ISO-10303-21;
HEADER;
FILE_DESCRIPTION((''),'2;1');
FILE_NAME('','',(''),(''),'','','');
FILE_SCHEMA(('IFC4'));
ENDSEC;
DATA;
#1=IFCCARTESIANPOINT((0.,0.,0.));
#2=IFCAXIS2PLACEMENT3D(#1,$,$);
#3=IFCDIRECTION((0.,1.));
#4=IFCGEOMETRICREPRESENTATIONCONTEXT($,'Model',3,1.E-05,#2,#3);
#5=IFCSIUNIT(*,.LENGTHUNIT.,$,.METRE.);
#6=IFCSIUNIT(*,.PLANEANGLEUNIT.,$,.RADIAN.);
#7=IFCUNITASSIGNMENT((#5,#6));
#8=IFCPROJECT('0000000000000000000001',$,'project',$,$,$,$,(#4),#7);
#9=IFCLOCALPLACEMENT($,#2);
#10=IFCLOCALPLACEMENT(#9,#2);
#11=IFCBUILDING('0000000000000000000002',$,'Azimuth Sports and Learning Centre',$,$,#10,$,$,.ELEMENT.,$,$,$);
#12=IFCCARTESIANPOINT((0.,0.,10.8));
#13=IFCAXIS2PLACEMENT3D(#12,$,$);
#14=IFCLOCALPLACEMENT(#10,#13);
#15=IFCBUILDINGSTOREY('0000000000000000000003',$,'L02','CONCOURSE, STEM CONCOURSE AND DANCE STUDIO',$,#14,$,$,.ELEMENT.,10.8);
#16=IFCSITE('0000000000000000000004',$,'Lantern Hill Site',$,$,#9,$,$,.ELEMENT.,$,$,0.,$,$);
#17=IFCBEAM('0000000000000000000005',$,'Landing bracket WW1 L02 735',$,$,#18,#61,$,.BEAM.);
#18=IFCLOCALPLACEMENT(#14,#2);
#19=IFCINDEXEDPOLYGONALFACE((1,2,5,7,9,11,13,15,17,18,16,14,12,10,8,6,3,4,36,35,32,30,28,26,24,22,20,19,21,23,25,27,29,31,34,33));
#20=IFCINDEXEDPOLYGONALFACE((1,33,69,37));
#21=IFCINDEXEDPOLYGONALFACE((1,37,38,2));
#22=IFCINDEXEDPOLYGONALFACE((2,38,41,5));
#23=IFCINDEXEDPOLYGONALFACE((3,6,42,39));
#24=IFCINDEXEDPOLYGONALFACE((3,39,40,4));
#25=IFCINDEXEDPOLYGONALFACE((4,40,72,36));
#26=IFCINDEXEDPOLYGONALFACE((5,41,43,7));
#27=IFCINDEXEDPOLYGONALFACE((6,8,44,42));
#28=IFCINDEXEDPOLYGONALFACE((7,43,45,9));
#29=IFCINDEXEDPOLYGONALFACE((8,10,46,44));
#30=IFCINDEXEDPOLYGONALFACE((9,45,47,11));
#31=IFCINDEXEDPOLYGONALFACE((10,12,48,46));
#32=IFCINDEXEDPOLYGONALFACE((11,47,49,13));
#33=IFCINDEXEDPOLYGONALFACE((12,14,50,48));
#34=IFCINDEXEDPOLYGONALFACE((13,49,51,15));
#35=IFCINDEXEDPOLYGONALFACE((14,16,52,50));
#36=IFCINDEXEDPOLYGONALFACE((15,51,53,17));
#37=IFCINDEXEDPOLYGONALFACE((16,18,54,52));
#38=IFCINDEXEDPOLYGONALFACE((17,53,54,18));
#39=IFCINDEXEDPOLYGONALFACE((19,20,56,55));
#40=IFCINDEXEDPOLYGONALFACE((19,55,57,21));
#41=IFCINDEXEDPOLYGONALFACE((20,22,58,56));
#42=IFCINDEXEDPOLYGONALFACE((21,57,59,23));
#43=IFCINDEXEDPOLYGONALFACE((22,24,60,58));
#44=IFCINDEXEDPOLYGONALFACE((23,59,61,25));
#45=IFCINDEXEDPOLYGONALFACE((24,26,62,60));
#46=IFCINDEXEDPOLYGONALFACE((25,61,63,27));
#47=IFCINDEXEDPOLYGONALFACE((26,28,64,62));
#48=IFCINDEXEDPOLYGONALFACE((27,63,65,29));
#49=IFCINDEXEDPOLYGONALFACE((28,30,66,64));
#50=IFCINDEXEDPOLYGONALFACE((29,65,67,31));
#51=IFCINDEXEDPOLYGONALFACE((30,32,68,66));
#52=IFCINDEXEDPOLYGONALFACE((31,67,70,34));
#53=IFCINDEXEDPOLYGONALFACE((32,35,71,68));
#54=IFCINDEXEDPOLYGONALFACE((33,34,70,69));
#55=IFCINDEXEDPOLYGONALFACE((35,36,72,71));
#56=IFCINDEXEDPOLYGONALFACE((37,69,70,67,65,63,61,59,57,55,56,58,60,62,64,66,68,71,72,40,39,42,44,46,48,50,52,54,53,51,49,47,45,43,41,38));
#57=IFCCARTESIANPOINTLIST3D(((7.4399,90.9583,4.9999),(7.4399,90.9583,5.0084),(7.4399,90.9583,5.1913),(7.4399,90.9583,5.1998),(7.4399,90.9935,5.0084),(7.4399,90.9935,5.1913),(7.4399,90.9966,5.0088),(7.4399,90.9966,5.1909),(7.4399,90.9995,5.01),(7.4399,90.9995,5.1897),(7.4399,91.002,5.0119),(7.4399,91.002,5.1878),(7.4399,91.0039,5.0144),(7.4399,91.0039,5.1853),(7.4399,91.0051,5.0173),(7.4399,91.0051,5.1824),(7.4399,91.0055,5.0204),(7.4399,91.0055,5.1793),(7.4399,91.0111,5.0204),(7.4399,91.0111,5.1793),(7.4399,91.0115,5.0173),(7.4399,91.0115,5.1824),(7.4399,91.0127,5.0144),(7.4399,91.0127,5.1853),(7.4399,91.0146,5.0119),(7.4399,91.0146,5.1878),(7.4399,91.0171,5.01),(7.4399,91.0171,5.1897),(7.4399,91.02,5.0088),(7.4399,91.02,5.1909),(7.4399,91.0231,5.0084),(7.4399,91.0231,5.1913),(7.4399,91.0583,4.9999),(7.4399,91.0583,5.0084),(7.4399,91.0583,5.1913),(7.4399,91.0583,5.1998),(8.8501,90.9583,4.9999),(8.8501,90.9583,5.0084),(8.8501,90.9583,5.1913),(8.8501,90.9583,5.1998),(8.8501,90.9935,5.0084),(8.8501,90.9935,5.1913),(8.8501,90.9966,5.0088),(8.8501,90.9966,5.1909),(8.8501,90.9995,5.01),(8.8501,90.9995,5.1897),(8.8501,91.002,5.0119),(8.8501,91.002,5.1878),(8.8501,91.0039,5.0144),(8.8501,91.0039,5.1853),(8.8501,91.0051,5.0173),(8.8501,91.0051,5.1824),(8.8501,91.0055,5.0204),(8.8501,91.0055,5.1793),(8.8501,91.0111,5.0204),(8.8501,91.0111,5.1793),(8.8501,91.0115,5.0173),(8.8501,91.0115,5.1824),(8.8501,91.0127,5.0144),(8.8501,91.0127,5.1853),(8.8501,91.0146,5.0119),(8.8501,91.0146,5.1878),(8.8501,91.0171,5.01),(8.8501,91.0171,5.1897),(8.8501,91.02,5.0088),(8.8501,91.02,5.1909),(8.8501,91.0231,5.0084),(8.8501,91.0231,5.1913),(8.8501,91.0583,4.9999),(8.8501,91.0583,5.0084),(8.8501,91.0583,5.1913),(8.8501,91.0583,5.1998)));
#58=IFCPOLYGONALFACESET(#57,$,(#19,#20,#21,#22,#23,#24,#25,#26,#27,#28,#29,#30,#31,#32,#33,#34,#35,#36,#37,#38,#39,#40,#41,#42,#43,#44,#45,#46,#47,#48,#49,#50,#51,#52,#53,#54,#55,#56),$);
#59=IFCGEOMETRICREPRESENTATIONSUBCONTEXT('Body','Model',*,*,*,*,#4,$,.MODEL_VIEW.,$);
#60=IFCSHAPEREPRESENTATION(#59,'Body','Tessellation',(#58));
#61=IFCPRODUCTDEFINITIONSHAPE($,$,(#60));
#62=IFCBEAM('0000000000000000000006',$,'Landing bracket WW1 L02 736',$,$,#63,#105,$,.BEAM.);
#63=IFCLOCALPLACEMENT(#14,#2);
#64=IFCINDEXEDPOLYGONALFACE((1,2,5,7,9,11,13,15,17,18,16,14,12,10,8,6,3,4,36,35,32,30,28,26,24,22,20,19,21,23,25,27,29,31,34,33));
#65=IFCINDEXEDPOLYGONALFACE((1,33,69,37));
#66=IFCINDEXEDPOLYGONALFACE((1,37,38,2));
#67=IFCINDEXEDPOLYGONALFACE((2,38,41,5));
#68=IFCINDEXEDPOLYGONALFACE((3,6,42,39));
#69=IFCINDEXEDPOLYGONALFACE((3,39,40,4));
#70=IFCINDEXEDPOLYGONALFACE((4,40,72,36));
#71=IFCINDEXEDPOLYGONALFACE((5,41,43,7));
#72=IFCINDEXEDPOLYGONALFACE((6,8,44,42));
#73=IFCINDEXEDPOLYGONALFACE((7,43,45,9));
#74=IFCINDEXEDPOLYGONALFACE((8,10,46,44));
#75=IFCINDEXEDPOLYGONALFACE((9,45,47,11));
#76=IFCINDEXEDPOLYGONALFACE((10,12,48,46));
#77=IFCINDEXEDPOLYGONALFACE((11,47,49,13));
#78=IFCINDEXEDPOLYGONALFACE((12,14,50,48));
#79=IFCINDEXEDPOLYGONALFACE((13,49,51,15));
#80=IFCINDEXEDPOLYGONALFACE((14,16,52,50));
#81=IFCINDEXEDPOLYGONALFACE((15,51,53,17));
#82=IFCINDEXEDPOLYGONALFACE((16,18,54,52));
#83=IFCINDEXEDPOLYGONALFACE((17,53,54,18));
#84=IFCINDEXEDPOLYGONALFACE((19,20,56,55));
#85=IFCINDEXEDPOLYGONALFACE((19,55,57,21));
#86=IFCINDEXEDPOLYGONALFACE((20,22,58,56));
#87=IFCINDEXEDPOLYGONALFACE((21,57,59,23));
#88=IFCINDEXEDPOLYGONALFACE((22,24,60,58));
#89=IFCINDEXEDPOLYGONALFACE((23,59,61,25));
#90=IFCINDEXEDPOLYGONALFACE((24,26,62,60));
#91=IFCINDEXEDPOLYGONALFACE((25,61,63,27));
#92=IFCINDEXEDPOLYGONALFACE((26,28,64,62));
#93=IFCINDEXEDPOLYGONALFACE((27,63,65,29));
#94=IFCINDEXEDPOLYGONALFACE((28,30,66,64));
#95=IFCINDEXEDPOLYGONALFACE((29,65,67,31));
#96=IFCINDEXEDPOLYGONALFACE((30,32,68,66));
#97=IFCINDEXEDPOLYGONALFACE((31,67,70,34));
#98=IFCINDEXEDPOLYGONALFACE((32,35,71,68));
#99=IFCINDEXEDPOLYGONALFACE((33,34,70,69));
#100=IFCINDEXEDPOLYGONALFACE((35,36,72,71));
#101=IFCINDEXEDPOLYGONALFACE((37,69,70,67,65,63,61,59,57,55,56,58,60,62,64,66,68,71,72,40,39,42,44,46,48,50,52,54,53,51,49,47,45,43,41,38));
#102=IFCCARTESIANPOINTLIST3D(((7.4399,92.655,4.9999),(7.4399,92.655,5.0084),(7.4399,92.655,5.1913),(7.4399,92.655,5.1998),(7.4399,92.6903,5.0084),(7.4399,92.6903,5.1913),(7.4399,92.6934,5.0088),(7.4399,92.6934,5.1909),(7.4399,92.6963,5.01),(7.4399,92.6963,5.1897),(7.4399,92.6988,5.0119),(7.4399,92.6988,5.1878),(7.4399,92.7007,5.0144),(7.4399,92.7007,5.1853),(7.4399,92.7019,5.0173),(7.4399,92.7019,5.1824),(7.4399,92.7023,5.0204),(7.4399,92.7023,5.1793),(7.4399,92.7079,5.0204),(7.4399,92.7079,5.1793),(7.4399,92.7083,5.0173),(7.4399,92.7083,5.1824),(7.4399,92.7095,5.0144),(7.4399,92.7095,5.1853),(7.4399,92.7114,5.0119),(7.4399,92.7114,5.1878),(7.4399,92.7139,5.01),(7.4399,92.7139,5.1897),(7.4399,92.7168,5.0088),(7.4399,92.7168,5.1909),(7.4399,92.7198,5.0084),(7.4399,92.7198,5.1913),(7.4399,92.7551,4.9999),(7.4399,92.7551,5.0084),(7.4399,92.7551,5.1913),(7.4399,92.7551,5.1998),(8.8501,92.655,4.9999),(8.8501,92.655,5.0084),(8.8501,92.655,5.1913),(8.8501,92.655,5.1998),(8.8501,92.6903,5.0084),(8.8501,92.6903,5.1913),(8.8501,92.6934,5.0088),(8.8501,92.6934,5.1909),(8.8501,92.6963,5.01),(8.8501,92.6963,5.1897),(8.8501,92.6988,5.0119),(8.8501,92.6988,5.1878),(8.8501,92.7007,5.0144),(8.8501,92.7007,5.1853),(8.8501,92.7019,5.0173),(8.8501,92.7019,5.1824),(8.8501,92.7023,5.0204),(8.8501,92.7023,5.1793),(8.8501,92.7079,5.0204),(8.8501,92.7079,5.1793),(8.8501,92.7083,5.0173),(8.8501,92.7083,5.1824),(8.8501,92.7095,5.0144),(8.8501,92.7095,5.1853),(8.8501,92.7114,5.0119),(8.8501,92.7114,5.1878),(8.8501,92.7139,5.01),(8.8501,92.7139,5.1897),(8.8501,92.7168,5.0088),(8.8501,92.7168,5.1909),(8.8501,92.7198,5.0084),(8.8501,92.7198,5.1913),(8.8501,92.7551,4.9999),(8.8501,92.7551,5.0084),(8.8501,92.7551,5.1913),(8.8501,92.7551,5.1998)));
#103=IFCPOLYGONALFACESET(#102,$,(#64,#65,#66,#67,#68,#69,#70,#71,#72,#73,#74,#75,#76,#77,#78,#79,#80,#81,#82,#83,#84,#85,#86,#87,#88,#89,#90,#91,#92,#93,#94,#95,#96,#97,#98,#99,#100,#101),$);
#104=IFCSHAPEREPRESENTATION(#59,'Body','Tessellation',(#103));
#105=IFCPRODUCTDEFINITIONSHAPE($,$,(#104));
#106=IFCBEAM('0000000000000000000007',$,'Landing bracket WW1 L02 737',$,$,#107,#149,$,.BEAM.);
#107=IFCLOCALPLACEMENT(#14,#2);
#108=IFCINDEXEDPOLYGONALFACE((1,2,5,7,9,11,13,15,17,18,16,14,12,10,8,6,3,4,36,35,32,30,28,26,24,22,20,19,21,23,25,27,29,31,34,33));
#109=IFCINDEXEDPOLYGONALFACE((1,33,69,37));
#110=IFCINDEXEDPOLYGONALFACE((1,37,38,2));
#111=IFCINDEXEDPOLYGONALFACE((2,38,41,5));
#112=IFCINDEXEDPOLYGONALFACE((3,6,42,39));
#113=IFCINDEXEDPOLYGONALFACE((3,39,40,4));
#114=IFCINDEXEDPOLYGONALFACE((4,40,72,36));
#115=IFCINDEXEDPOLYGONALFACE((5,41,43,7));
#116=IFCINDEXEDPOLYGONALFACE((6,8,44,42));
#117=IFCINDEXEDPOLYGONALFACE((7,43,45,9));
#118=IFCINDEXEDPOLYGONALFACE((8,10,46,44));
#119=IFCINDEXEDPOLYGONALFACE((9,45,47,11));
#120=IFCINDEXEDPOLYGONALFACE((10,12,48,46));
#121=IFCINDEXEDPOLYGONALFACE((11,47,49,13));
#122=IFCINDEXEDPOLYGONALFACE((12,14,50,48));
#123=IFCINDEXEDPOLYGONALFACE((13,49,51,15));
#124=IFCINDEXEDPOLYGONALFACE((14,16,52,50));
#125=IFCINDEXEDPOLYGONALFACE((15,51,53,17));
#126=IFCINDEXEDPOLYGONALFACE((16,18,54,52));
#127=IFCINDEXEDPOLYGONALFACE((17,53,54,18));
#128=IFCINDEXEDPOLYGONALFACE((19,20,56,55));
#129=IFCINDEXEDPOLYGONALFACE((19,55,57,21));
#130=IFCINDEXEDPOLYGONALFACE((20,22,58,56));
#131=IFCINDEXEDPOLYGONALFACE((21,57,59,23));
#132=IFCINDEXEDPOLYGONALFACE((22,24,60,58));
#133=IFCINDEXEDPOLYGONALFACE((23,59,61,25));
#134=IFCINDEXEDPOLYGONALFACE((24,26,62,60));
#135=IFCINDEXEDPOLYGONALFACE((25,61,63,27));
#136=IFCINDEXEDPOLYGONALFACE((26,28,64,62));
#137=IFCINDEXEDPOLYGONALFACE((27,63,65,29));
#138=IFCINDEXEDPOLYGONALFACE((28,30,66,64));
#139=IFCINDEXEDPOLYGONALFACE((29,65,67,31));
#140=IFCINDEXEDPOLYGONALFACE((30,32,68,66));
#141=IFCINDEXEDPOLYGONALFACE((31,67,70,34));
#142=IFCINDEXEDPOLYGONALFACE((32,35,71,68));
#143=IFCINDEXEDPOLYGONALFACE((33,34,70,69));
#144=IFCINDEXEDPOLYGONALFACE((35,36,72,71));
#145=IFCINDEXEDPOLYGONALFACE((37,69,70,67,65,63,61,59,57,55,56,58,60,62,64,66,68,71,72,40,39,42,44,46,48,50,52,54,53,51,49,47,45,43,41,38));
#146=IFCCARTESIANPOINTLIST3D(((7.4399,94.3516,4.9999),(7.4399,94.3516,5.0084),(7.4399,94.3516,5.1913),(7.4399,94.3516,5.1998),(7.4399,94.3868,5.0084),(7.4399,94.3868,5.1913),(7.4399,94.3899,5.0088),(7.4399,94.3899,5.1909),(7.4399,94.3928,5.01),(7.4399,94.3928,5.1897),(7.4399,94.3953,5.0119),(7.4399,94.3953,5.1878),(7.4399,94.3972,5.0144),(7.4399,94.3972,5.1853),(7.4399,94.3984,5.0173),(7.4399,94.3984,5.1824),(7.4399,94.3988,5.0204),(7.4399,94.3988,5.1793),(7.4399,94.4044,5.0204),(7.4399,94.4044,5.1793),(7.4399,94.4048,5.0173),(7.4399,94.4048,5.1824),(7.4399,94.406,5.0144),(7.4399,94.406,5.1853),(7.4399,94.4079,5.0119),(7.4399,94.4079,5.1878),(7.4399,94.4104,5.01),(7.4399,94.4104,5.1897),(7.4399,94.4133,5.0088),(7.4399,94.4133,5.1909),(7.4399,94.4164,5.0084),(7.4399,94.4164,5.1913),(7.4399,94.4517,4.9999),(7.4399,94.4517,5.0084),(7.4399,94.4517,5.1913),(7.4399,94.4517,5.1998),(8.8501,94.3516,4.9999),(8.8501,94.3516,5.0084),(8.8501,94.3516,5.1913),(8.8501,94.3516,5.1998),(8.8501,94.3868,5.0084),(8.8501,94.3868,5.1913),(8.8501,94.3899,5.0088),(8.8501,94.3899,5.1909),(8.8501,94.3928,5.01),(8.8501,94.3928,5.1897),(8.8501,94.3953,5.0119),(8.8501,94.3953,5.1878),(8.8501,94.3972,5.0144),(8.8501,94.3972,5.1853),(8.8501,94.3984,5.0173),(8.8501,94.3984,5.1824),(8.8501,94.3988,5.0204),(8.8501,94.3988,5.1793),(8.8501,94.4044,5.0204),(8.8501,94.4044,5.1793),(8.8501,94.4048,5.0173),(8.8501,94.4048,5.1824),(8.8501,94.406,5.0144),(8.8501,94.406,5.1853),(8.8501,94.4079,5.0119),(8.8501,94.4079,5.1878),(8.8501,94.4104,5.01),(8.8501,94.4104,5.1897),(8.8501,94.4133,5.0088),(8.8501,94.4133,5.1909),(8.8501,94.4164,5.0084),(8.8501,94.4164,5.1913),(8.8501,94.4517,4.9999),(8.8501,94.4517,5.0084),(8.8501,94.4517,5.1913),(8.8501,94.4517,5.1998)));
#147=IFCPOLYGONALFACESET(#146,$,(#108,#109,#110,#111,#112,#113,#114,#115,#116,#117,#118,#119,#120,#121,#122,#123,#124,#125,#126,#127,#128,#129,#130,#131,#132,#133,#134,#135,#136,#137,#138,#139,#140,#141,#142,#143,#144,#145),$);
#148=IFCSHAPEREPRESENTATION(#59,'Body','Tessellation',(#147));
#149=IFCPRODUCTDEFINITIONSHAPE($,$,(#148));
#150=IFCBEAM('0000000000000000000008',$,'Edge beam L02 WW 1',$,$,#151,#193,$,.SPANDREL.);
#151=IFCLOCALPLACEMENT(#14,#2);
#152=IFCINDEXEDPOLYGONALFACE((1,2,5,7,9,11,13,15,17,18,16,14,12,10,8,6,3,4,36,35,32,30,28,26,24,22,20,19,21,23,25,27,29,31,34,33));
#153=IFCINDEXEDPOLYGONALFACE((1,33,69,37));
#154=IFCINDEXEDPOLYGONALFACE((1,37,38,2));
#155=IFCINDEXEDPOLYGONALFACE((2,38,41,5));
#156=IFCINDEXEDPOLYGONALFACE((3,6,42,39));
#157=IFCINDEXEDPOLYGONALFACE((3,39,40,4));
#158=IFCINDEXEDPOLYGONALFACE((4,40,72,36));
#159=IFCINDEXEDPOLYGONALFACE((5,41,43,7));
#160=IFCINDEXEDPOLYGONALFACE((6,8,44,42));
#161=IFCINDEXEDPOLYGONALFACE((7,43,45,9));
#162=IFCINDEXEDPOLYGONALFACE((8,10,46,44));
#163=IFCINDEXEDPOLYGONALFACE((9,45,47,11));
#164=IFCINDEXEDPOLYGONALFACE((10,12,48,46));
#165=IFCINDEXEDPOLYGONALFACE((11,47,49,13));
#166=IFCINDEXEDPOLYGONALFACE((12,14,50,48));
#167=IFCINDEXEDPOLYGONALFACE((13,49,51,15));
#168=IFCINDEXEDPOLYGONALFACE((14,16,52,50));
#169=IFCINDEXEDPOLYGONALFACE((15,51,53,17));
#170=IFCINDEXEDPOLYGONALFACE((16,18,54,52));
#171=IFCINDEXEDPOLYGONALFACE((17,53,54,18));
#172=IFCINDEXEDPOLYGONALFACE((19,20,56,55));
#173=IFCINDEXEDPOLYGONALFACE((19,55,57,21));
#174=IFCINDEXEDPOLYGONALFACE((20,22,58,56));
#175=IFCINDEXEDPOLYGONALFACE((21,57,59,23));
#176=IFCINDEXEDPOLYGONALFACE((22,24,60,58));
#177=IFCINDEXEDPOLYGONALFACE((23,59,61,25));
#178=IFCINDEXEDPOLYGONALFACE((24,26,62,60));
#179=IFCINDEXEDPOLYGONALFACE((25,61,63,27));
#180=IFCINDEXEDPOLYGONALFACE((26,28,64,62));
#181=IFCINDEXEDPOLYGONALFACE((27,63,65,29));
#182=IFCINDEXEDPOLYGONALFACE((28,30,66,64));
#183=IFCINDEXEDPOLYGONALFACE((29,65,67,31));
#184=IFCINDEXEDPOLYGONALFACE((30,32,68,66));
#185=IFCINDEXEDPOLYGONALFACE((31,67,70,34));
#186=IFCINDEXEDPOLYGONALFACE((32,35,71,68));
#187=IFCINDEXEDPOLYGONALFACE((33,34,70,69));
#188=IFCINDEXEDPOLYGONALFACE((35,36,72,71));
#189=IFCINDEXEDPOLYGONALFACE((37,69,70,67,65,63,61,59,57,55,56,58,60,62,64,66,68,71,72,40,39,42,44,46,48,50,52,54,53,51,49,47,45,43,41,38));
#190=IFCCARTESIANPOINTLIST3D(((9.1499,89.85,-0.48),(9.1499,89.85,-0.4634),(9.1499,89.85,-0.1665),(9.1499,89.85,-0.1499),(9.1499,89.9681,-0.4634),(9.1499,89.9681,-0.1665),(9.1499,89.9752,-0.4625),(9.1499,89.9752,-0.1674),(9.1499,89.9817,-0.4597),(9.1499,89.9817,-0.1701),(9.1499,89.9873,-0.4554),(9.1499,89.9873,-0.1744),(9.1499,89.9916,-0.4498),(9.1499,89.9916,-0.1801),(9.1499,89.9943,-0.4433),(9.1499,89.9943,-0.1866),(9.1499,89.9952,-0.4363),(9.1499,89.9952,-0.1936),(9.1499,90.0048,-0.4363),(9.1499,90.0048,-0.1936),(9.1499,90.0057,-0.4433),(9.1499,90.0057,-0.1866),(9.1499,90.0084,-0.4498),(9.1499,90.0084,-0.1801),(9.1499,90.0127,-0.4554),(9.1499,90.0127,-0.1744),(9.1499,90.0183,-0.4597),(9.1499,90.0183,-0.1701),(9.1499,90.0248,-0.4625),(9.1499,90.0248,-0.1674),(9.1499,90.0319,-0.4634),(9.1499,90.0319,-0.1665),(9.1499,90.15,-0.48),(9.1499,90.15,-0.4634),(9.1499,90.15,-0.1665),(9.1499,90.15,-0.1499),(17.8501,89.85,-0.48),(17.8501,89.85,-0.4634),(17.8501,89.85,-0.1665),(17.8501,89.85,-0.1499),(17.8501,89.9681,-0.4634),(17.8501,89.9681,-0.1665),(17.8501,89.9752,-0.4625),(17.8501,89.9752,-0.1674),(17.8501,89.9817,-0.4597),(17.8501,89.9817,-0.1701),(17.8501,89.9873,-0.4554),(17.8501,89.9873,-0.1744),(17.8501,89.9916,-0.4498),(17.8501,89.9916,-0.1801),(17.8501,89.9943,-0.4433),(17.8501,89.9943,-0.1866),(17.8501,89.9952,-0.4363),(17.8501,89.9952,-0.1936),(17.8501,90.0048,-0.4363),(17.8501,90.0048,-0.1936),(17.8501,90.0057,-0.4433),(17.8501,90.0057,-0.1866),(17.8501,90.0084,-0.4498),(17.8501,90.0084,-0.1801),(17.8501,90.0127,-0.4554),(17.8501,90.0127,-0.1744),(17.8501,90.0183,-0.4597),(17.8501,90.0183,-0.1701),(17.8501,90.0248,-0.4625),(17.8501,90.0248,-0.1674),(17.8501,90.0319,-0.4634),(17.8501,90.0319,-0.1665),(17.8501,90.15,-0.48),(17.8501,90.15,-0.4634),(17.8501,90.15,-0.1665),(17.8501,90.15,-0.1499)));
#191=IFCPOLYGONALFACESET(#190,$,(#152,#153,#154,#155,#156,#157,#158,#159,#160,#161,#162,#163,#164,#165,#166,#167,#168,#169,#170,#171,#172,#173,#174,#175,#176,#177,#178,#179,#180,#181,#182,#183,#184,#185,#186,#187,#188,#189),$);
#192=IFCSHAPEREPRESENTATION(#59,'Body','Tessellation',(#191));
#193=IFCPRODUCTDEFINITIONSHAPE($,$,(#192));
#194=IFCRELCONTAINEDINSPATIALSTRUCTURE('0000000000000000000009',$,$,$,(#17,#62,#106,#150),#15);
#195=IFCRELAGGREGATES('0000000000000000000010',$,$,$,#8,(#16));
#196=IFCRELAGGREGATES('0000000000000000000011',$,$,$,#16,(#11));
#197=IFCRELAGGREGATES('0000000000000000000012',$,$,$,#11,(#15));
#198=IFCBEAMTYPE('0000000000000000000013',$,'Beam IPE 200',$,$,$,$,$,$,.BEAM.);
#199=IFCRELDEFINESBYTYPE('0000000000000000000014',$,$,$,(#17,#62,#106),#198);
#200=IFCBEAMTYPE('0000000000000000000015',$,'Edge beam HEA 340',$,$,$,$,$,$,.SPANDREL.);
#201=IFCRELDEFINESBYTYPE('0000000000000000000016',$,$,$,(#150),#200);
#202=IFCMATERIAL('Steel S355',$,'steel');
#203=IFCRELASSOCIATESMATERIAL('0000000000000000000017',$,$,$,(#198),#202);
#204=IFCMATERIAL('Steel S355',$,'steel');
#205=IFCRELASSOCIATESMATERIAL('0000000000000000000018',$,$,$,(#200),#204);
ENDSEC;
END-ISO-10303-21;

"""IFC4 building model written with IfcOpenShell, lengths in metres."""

from ifc_helpers import new_model, si_unit, direction, frame, origin, origin_2d, place, context, subcontext, project, spatial, i_section, extrude, material, material_profile, profile_set, type_object, element, save


model = new_model("IFC4")

# Units and contexts
model_context = context("Model", 3, precision=1e-05, world=origin(), true_north=direction((0.0, 1.0)))
body_context = subcontext(model_context, "Body", "Model", "MODEL_VIEW")
ifc_project = project(units=[si_unit("LENGTHUNIT", "METRE"), si_unit("PLANEANGLEUNIT", "RADIAN")], contexts=[model_context])

# Site, building, storey
site_placement = place(None, origin())
site = spatial("IfcSite", under=ifc_project, at=site_placement, Name="Lantern Hill Site", CompositionType="ELEMENT", RefElevation=0.0)
building_placement = place(site_placement, origin())
building = spatial("IfcBuilding", under=site, at=building_placement, Name="Azimuth Sports and Learning Centre", CompositionType="ELEMENT")
storey_placement = place(building_placement, frame((0.0, 0.0, 10.8)))
storey = spatial("IfcBuildingStorey", under=building, at=storey_placement, Name="L02", Description="CONCOURSE, STEM CONCOURSE AND DANCE STUDIO", CompositionType="ELEMENT", Elevation=10.8)

# Beams
ifc_material_1 = material(Name="Steel S355", Category="steel")
ifc_material_profile_1 = material_profile(ifc_material_1, i_section(OverallWidth=0.1001, OverallDepth=0.2, WebThickness=0.0056, FlangeThickness=0.0085, FilletRadius=0.012, at=origin_2d()), Name="IPE 200")
ifc_profile_set_1 = profile_set([ifc_material_profile_1], Name="Steel S355")
beam_type_1 = type_object("IfcBeamType", Name="Beam IPE 200", PredefinedType="BEAM", material=ifc_profile_set_1)
for number, where, z_axis, x_axis, name in (
    (1, (8.8501, 91.0083, 5.0999), (-1.0, 0.0, 0.0), (0.0, -1.0, 0.0), "Landing bracket WW1 L02 735"),
    (2, (8.8501, 92.7051, 5.0999), (-1.0, 0.0, 0.0), (0.0, -1.0, 0.0), "Landing bracket WW1 L02 736"),
    (3, (8.8501, 94.4016, 5.0999), (-1.0, 0.0, 0.0), (0.0, -1.0, 0.0), "Landing bracket WW1 L02 737"),
):
    element("IfcBeam", number, at=place(storey_placement, frame(where, z_axis=z_axis, x_axis=x_axis)), inside=storey, type_object=beam_type_1, Name=name, PredefinedType="BEAM", context=body_context, shape_type="SweptSolid", body=[
        extrude(i_section(OverallWidth=0.1001, OverallDepth=0.2, WebThickness=0.0056, FlangeThickness=0.0085, FilletRadius=0.012, at=origin_2d()), origin(), (0.0, 0.0, 1.0), 1.4102),
    ])
ifc_material_2 = material(Name="Steel S355", Category="steel")
ifc_material_profile_2 = material_profile(ifc_material_2, i_section(OverallWidth=0.3, OverallDepth=0.3301, WebThickness=0.0095, FlangeThickness=0.0166, FilletRadius=0.0271, at=origin_2d()), Name="HEA 340")
ifc_profile_set_2 = profile_set([ifc_material_profile_2], Name="Steel S355")
beam_type_2 = type_object("IfcBeamType", Name="Edge beam HEA 340", PredefinedType="SPANDREL", material=ifc_profile_set_2)
beam_placement = place(storey_placement, frame((9.1499, 90.0, -0.3149), z_axis=(1.0, 0.0, 0.0), x_axis=(0.0, 1.0, 0.0)))
element("IfcBeam", 4, at=beam_placement, inside=storey, type_object=beam_type_2, Name="Edge beam L02 WW 1", PredefinedType="SPANDREL", context=body_context, shape_type="SweptSolid", body=[
    extrude(i_section(OverallWidth=0.3, OverallDepth=0.3301, WebThickness=0.0095, FlangeThickness=0.0166, FilletRadius=0.0271, at=origin_2d()), origin(), (0.0, 0.0, 1.0), 8.7002),
])

save(model, "model.ifc")
